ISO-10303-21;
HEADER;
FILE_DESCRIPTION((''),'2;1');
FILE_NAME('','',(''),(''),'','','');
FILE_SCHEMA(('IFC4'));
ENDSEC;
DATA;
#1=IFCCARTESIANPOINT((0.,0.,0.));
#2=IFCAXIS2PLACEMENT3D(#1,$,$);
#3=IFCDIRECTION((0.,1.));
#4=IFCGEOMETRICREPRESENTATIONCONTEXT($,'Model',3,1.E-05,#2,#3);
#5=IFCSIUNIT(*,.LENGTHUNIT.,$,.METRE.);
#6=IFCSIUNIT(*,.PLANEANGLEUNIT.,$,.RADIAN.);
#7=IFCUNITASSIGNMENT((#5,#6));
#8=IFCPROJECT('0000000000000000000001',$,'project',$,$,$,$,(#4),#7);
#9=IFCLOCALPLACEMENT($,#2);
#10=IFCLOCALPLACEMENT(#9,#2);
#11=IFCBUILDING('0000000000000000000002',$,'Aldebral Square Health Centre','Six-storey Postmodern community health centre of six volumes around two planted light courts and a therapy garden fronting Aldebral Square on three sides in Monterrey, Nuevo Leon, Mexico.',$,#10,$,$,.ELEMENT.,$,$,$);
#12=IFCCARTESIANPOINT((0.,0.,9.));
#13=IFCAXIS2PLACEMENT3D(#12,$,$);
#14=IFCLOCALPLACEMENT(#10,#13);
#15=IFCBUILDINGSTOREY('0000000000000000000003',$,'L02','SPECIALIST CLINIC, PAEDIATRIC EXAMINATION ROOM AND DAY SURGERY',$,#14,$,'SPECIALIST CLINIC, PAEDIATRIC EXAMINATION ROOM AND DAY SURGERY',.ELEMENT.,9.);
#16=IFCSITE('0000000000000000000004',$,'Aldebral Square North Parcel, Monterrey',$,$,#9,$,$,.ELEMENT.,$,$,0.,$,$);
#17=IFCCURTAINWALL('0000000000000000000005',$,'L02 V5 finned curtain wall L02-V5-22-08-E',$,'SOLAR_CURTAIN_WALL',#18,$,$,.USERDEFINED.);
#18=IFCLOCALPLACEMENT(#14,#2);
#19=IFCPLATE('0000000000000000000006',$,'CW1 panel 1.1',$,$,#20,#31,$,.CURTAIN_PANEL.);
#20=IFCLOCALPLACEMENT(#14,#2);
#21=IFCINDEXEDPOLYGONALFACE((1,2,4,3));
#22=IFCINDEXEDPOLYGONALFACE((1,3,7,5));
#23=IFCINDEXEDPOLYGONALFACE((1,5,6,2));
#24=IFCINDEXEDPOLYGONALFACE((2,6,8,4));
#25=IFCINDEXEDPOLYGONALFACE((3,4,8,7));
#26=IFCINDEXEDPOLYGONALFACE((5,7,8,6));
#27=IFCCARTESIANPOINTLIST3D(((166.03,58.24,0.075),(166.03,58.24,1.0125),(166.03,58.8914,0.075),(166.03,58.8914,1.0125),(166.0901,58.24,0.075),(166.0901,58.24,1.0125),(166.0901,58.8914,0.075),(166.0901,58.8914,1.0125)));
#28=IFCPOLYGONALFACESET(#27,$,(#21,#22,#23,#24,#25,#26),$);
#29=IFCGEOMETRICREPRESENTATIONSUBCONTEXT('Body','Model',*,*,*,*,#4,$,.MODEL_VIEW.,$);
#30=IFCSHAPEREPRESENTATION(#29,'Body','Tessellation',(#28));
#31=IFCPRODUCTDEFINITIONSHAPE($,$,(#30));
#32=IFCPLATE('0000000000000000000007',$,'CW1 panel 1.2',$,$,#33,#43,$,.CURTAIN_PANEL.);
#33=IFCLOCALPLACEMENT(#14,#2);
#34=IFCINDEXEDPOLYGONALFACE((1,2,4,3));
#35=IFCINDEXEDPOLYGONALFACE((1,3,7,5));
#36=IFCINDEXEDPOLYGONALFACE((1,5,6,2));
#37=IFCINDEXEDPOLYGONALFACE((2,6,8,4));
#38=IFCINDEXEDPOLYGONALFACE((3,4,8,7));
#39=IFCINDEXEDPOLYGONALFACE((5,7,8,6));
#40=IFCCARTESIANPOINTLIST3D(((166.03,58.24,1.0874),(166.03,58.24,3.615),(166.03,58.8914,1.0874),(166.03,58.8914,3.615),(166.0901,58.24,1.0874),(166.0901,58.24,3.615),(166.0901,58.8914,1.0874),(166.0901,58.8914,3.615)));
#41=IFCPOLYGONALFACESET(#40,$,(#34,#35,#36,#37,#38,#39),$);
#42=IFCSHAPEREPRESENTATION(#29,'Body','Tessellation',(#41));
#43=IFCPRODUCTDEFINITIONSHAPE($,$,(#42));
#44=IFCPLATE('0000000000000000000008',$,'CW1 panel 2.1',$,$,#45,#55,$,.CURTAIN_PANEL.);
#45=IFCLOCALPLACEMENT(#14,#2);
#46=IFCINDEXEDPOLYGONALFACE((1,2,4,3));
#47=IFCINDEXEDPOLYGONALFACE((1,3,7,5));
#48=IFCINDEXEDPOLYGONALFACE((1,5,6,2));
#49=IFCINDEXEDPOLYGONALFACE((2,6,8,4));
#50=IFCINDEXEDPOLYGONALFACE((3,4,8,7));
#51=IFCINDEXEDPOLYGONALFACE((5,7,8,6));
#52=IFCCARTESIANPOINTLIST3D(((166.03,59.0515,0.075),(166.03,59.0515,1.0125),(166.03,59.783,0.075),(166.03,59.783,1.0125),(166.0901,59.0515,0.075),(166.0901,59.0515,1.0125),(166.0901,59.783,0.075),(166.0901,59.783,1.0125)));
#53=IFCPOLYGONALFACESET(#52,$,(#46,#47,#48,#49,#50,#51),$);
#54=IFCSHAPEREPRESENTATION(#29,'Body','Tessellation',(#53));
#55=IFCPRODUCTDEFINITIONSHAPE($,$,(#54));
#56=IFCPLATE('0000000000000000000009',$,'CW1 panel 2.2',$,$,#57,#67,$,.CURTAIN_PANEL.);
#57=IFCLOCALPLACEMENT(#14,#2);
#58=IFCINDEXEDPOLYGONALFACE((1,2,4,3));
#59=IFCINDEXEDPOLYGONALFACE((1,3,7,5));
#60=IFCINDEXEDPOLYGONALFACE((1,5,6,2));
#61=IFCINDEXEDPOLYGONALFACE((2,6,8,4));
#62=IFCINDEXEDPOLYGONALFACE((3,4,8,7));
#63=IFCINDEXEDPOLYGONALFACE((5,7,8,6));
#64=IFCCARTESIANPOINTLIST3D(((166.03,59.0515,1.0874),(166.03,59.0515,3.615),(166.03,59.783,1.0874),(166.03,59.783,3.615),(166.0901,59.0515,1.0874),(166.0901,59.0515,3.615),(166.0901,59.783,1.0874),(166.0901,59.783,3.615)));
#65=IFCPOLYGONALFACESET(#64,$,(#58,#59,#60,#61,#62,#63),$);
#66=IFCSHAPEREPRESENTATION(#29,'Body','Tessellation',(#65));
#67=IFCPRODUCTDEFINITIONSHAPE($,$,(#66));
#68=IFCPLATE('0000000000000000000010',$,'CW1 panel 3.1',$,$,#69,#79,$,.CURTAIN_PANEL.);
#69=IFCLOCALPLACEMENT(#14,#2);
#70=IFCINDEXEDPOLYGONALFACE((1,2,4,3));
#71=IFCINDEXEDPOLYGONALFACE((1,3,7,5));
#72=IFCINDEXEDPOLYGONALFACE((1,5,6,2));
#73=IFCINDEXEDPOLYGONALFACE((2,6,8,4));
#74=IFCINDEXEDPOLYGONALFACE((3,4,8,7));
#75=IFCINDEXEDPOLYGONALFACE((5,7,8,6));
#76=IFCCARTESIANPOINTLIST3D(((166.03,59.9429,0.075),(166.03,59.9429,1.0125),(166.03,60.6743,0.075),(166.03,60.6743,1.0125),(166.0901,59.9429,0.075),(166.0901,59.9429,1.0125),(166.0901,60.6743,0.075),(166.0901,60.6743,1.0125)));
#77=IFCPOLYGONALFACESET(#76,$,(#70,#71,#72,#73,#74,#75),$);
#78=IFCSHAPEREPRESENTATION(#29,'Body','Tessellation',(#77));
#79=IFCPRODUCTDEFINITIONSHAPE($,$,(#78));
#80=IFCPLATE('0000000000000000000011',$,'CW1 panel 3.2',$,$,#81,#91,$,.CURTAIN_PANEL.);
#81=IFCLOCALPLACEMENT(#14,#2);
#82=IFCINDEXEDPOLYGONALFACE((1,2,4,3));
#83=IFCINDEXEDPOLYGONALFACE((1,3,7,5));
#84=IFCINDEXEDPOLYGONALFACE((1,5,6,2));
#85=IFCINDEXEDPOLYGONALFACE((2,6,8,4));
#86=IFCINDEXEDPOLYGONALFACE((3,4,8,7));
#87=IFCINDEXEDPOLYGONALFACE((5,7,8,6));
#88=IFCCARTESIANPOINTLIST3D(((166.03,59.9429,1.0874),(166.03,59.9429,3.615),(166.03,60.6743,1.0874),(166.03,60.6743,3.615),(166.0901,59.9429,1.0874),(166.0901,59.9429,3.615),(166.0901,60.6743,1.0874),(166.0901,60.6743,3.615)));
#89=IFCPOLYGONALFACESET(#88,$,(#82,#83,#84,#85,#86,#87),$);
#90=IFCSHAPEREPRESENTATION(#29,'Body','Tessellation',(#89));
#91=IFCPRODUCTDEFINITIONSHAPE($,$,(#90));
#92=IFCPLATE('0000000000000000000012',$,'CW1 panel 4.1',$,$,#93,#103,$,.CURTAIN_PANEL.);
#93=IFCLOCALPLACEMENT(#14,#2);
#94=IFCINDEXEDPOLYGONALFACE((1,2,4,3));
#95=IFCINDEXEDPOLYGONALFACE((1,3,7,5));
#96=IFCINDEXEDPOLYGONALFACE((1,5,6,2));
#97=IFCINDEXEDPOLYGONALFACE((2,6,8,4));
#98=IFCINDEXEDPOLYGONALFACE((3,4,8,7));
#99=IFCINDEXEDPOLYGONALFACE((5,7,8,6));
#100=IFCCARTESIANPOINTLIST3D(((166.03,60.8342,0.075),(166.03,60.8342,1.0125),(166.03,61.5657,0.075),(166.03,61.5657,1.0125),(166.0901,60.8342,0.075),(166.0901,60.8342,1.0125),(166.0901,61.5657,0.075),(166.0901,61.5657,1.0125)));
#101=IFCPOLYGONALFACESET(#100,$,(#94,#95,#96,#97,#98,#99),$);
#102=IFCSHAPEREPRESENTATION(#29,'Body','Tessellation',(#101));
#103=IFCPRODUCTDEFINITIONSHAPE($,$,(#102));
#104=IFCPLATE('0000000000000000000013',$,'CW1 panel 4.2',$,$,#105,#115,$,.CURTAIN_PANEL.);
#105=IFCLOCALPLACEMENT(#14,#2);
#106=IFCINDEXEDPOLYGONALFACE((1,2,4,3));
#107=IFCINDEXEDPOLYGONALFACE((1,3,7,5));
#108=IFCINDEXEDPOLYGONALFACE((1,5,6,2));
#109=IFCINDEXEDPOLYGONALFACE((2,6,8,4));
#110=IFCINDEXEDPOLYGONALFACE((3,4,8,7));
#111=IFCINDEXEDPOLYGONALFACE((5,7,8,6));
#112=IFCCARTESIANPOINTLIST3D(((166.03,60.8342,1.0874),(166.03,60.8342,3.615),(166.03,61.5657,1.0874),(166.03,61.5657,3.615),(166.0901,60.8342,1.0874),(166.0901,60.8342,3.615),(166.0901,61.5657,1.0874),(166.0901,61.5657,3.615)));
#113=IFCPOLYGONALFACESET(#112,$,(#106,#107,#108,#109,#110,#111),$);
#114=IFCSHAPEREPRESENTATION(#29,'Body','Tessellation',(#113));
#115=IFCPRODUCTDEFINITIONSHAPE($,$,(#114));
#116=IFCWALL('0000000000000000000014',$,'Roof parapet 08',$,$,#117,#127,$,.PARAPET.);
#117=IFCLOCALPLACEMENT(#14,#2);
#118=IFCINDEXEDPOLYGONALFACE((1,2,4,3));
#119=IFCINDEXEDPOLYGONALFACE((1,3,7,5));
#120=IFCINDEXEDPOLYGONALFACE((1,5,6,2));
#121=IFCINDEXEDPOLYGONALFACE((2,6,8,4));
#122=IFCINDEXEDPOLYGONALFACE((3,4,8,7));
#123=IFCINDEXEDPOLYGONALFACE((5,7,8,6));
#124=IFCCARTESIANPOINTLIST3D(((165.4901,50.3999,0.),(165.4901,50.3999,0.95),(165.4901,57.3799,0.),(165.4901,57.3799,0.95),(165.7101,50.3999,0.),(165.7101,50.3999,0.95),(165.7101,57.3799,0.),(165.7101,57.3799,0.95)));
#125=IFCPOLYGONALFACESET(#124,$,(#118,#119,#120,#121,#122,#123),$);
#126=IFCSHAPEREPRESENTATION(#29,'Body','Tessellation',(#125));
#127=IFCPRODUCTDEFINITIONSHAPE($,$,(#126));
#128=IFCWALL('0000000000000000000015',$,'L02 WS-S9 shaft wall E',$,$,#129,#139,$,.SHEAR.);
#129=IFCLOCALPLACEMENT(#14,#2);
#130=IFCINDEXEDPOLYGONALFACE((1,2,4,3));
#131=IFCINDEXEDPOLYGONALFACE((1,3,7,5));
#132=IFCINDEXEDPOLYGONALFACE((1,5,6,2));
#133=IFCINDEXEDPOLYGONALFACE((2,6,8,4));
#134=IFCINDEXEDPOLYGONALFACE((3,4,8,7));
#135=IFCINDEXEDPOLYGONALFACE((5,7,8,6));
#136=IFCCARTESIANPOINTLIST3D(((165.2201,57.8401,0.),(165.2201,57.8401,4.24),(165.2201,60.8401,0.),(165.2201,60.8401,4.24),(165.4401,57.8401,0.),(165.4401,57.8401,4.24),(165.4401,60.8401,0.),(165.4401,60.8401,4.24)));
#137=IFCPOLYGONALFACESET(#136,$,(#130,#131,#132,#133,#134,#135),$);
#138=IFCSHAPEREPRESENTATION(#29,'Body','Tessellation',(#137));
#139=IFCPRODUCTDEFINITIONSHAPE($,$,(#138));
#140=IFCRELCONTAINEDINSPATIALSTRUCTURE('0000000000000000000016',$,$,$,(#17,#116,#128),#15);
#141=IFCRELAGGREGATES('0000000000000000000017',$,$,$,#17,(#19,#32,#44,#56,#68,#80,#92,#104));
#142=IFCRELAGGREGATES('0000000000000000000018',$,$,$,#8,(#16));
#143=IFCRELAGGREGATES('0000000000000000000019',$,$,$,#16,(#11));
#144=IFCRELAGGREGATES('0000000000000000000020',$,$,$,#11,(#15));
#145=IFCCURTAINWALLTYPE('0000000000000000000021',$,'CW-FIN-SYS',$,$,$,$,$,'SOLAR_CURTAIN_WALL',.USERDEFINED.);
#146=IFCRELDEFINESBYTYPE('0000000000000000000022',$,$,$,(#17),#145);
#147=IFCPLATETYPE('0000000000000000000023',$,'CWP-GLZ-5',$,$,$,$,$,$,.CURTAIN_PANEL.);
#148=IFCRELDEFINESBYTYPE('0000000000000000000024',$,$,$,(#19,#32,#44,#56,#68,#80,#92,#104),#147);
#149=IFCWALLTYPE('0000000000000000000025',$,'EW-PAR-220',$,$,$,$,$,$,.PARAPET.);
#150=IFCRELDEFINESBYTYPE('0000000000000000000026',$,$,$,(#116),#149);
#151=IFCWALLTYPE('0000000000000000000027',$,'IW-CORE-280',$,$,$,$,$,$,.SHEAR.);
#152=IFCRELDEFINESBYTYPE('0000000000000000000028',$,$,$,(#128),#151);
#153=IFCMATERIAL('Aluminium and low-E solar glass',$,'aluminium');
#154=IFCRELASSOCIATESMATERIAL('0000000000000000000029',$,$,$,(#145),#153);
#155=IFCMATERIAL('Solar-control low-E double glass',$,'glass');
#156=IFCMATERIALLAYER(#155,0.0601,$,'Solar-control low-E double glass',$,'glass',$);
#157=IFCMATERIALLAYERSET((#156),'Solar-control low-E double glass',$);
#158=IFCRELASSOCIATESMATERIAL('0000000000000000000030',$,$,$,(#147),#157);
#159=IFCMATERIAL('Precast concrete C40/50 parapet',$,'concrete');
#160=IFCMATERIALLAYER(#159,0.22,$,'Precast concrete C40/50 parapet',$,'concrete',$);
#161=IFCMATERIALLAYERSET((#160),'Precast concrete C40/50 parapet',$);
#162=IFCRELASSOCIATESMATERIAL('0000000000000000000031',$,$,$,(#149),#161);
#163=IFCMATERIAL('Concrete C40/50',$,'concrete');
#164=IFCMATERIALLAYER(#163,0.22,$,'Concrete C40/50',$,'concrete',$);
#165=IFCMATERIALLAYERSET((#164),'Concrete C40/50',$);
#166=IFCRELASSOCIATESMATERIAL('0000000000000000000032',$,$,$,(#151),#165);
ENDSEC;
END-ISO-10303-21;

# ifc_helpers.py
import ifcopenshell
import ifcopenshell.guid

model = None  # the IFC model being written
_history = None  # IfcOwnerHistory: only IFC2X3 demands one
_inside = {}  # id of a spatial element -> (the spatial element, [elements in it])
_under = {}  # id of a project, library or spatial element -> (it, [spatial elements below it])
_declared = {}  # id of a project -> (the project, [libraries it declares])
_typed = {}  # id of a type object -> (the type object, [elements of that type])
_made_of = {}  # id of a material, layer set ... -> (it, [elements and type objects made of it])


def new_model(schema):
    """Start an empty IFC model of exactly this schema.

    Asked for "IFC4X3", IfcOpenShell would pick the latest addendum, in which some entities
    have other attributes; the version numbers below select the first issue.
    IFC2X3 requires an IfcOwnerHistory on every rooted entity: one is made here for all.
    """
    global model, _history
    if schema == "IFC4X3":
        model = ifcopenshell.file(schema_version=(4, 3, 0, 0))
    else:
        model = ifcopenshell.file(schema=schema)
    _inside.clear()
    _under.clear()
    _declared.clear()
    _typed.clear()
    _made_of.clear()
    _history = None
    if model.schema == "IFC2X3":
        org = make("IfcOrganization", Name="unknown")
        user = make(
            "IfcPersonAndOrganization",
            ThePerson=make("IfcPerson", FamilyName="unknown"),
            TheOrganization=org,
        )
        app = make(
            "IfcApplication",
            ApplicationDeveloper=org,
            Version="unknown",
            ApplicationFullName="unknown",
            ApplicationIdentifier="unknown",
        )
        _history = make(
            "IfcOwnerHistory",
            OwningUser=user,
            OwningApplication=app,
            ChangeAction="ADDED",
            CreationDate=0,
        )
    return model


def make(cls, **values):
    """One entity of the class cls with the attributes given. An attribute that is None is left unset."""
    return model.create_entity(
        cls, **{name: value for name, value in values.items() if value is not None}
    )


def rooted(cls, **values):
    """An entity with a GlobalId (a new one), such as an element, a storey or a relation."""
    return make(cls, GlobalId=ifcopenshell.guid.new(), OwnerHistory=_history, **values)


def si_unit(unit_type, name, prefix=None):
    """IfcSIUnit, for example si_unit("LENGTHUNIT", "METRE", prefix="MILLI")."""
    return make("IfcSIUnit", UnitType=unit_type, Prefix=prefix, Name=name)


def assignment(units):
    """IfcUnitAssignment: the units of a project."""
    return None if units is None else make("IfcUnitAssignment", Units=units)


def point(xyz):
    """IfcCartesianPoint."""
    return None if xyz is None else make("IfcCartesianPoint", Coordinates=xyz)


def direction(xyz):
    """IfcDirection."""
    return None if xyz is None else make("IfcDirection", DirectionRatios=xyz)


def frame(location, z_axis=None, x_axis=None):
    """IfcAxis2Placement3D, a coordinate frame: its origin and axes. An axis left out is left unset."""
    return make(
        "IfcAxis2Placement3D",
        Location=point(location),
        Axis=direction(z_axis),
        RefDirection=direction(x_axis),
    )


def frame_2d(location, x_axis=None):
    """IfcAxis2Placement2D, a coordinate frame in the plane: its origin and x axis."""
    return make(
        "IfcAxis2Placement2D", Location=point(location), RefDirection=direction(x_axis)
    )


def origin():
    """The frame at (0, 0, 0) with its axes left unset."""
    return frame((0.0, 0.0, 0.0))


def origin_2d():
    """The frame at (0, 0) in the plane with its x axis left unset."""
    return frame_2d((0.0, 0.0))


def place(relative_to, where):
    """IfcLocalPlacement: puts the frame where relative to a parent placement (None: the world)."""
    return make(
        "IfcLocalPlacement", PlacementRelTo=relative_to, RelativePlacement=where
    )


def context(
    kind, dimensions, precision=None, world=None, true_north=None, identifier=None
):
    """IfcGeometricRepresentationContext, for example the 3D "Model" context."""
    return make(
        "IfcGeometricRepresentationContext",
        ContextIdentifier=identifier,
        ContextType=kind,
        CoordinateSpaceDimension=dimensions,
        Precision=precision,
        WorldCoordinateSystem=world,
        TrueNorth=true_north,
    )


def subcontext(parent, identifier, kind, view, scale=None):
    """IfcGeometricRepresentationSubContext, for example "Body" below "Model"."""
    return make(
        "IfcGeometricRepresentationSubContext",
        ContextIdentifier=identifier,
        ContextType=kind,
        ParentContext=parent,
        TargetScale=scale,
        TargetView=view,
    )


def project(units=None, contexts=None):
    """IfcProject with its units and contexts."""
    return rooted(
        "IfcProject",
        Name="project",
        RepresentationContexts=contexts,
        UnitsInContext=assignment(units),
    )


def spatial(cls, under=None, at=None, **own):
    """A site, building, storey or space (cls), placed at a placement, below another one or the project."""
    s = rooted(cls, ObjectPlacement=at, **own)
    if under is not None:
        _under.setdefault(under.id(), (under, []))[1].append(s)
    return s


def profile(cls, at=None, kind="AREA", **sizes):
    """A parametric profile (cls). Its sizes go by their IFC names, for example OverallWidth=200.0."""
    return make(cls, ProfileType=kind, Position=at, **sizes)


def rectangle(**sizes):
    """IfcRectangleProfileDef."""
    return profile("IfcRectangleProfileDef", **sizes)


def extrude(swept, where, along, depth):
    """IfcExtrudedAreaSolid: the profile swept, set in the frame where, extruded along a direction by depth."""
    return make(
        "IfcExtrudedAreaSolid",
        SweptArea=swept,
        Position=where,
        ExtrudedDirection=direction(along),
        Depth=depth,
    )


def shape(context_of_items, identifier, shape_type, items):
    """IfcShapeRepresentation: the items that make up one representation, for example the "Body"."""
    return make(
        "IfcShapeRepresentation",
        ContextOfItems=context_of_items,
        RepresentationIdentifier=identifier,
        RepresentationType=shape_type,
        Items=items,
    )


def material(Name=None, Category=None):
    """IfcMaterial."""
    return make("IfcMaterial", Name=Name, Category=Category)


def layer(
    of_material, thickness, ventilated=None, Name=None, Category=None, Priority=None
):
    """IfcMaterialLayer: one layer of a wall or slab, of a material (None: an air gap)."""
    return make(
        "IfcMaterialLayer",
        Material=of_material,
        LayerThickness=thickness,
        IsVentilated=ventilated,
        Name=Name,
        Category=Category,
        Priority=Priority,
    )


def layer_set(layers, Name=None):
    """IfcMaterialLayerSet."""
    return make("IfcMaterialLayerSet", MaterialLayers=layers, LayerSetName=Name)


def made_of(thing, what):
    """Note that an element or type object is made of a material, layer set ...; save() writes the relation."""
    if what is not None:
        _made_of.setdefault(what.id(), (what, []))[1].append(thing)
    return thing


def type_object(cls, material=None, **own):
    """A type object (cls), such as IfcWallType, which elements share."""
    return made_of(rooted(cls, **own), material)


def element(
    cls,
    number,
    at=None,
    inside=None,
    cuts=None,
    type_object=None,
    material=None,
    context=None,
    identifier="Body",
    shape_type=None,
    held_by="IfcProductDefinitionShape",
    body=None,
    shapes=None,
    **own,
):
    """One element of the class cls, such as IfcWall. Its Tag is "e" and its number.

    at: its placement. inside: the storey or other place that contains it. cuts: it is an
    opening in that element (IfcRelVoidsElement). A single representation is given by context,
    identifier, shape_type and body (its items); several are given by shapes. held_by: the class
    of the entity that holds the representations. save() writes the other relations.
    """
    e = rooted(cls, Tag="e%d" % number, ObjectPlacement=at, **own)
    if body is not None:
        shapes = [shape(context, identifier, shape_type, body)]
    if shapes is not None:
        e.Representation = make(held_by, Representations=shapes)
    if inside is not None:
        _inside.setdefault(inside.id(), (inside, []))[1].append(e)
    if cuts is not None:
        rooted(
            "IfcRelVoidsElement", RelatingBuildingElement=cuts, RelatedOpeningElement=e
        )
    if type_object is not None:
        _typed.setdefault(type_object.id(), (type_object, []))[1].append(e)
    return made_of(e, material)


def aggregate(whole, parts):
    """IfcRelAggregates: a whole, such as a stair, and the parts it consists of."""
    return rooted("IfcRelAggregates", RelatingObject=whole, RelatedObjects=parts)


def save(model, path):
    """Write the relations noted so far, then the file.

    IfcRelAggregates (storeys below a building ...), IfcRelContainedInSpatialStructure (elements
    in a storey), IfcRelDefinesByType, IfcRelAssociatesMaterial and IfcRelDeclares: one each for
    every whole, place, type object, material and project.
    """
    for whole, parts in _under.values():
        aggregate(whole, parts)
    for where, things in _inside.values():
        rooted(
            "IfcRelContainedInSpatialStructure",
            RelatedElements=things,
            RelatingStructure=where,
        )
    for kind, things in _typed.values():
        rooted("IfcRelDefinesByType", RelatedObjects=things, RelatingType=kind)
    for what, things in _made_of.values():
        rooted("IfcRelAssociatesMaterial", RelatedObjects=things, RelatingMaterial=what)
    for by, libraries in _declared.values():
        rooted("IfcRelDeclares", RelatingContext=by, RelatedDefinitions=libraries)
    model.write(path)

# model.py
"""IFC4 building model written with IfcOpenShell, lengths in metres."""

from ifc_helpers import new_model, si_unit, direction, frame, frame_2d, origin, origin_2d, place, context, subcontext, project, spatial, rectangle, extrude, material, layer, layer_set, type_object, element, aggregate, save


model = new_model("IFC4")

# Units and contexts
model_context = context("Model", 3, precision=1e-05, world=origin(), true_north=direction((0.0, 1.0)))
body_context = subcontext(model_context, "Body", "Model", "MODEL_VIEW")
ifc_project = project(units=[si_unit("LENGTHUNIT", "METRE"), si_unit("PLANEANGLEUNIT", "RADIAN")], contexts=[model_context])

# Site, building, storey
site_placement = place(None, origin())
site = spatial("IfcSite", under=ifc_project, at=site_placement, Name="Aldebral Square North Parcel, Monterrey", CompositionType="ELEMENT", RefElevation=0.0)
building_placement = place(site_placement, origin())
building = spatial("IfcBuilding", under=site, at=building_placement, Name="Aldebral Square Health Centre", Description="Six-storey Postmodern community health centre of six volumes around two planted light courts and a therapy garden fronting Aldebral Square on three sides in Monterrey, Nuevo Leon, Mexico.", CompositionType="ELEMENT")
storey_placement = place(building_placement, frame((0.0, 0.0, 9.0)))
storey = spatial("IfcBuildingStorey", under=building, at=storey_placement, Name="L02", Description="SPECIALIST CLINIC, PAEDIATRIC EXAMINATION ROOM AND DAY SURGERY", LongName="SPECIALIST CLINIC, PAEDIATRIC EXAMINATION ROOM AND DAY SURGERY", CompositionType="ELEMENT", Elevation=9.0)

# Shared definitions
ifc_material_1 = material(Name="Concrete C40/50", Category="concrete")

# Curtain wall, plates
ifc_material_2 = material(Name="Aluminium and low-E solar glass", Category="aluminium")
curtain_wall_type = type_object("IfcCurtainWallType", Name="CW-FIN-SYS", ElementType="SOLAR_CURTAIN_WALL", PredefinedType="USERDEFINED", material=ifc_material_2)
curtain_wall_placement = place(storey_placement, origin())
curtain_wall = element("IfcCurtainWall", 1, at=curtain_wall_placement, inside=storey, type_object=curtain_wall_type, Name="L02 V5 finned curtain wall L02-V5-22-08-E", ObjectType="SOLAR_CURTAIN_WALL", PredefinedType="USERDEFINED")
ifc_material_3 = material(Name="Solar-control low-E double glass", Category="glass")
ifc_layer_1 = layer(ifc_material_3, 0.0601, Name="Solar-control low-E double glass", Category="glass")
ifc_layer_set_1 = layer_set([ifc_layer_1], Name="Solar-control low-E double glass")
plate_type = type_object("IfcPlateType", Name="CWP-GLZ-5", PredefinedType="CURTAIN_PANEL", material=ifc_layer_set_1)
plate_1_placement = place(storey_placement, frame((166.0601, 58.5657, 0.075), z_axis=(0.0, 0.0, 1.0), x_axis=(0.0, 1.0, 0.0)))
plate_1 = element("IfcPlate", 2, at=plate_1_placement, type_object=plate_type, Name="CW1 panel 1.1", PredefinedType="CURTAIN_PANEL", context=body_context, shape_type="SweptSolid", body=[
    extrude(rectangle(XDim=0.6514, YDim=0.0601, at=origin_2d()), origin(), (0.0, 0.0, 1.0), 0.9375),
])
plate_2_placement = place(storey_placement, frame((166.0601, 58.5657, 1.0874), z_axis=(0.0, 0.0, 1.0), x_axis=(0.0, 1.0, 0.0)))
plate_2 = element("IfcPlate", 3, at=plate_2_placement, type_object=plate_type, Name="CW1 panel 1.2", PredefinedType="CURTAIN_PANEL", context=body_context, shape_type="SweptSolid", body=[
    extrude(rectangle(XDim=0.6514, YDim=0.0601, at=origin_2d()), origin(), (0.0, 0.0, 1.0), 2.5276),
])
plate_3_placement = place(storey_placement, frame((166.0601, 59.4172, 0.075), z_axis=(0.0, 0.0, 1.0), x_axis=(0.0, 1.0, 0.0)))
plate_3 = element("IfcPlate", 4, at=plate_3_placement, type_object=plate_type, Name="CW1 panel 2.1", PredefinedType="CURTAIN_PANEL", context=body_context, shape_type="SweptSolid", body=[
    extrude(rectangle(XDim=0.7314, YDim=0.0601, at=origin_2d()), origin(), (0.0, 0.0, 1.0), 0.9375),
])
plate_4_placement = place(storey_placement, frame((166.0601, 59.4172, 1.0874), z_axis=(0.0, 0.0, 1.0), x_axis=(0.0, 1.0, 0.0)))
plate_4 = element("IfcPlate", 5, at=plate_4_placement, type_object=plate_type, Name="CW1 panel 2.2", PredefinedType="CURTAIN_PANEL", context=body_context, shape_type="SweptSolid", body=[
    extrude(rectangle(XDim=0.7314, YDim=0.0601, at=origin_2d()), origin(), (0.0, 0.0, 1.0), 2.5276),
])
plate_5_placement = place(storey_placement, frame((166.0601, 60.3086, 0.075), z_axis=(0.0, 0.0, 1.0), x_axis=(0.0, 1.0, 0.0)))
plate_5 = element("IfcPlate", 6, at=plate_5_placement, type_object=plate_type, Name="CW1 panel 3.1", PredefinedType="CURTAIN_PANEL", context=body_context, shape_type="SweptSolid", body=[
    extrude(rectangle(XDim=0.7314, YDim=0.0601, at=origin_2d()), origin(), (0.0, 0.0, 1.0), 0.9375),
])
plate_6_placement = place(storey_placement, frame((166.0601, 60.3086, 1.0874), z_axis=(0.0, 0.0, 1.0), x_axis=(0.0, 1.0, 0.0)))
plate_6 = element("IfcPlate", 7, at=plate_6_placement, type_object=plate_type, Name="CW1 panel 3.2", PredefinedType="CURTAIN_PANEL", context=body_context, shape_type="SweptSolid", body=[
    extrude(rectangle(XDim=0.7314, YDim=0.0601, at=origin_2d()), origin(), (0.0, 0.0, 1.0), 2.5276),
])
plate_7_placement = place(storey_placement, frame((166.0601, 61.2, 0.075), z_axis=(0.0, 0.0, 1.0), x_axis=(0.0, 1.0, 0.0)))
plate_7 = element("IfcPlate", 8, at=plate_7_placement, type_object=plate_type, Name="CW1 panel 4.1", PredefinedType="CURTAIN_PANEL", context=body_context, shape_type="SweptSolid", body=[
    extrude(rectangle(XDim=0.7314, YDim=0.0601, at=origin_2d()), origin(), (0.0, 0.0, 1.0), 0.9375),
])
plate_8_placement = place(storey_placement, frame((166.0601, 61.2, 1.0874), z_axis=(0.0, 0.0, 1.0), x_axis=(0.0, 1.0, 0.0)))
plate_8 = element("IfcPlate", 9, at=plate_8_placement, type_object=plate_type, Name="CW1 panel 4.2", PredefinedType="CURTAIN_PANEL", context=body_context, shape_type="SweptSolid", body=[
    extrude(rectangle(XDim=0.7314, YDim=0.0601, at=origin_2d()), origin(), (0.0, 0.0, 1.0), 2.5276),
])
aggregate(curtain_wall, [plate_1, plate_2, plate_3, plate_4, plate_5, plate_6, plate_7, plate_8])

# Walls
ifc_material_4 = material(Name="Precast concrete C40/50 parapet", Category="concrete")
ifc_layer_2 = layer(ifc_material_4, 0.22, Name="Precast concrete C40/50 parapet", Category="concrete")
ifc_layer_set_2 = layer_set([ifc_layer_2], Name="Precast concrete C40/50 parapet")
wall_type_1 = type_object("IfcWallType", Name="EW-PAR-220", PredefinedType="PARAPET", material=ifc_layer_set_2)
wall_1_placement = place(storey_placement, frame((165.6001, 57.3799, 0.0), z_axis=(0.0, 0.0, 1.0), x_axis=(0.0, -1.0, 0.0)))
element("IfcWall", 10, at=wall_1_placement, inside=storey, type_object=wall_type_1, Name="Roof parapet 08", PredefinedType="PARAPET", context=body_context, shape_type="SweptSolid", body=[
    extrude(rectangle(XDim=6.98, YDim=0.22, at=frame_2d((3.49, 0.0))), origin(), (0.0, 0.0, 1.0), 0.95),
])
ifc_layer_3 = layer(ifc_material_1, 0.22, Name="Concrete C40/50", Category="concrete")
ifc_layer_set_3 = layer_set([ifc_layer_3], Name="Concrete C40/50")
wall_type_2 = type_object("IfcWallType", Name="IW-CORE-280", PredefinedType="SHEAR", material=ifc_layer_set_3)
wall_2_placement = place(storey_placement, frame((165.3301, 57.8401, 0.0), z_axis=(0.0, 0.0, 1.0), x_axis=(0.0, 1.0, 0.0)))
element("IfcWall", 11, at=wall_2_placement, inside=storey, type_object=wall_type_2, Name="L02 WS-S9 shaft wall E", PredefinedType="SHEAR", context=body_context, shape_type="SweptSolid", body=[
    extrude(rectangle(XDim=3.0, YDim=0.22, at=frame_2d((1.5, 0.0))), origin(), (0.0, 0.0, 1.0), 4.24),
])

save(model, "model.ifc")
